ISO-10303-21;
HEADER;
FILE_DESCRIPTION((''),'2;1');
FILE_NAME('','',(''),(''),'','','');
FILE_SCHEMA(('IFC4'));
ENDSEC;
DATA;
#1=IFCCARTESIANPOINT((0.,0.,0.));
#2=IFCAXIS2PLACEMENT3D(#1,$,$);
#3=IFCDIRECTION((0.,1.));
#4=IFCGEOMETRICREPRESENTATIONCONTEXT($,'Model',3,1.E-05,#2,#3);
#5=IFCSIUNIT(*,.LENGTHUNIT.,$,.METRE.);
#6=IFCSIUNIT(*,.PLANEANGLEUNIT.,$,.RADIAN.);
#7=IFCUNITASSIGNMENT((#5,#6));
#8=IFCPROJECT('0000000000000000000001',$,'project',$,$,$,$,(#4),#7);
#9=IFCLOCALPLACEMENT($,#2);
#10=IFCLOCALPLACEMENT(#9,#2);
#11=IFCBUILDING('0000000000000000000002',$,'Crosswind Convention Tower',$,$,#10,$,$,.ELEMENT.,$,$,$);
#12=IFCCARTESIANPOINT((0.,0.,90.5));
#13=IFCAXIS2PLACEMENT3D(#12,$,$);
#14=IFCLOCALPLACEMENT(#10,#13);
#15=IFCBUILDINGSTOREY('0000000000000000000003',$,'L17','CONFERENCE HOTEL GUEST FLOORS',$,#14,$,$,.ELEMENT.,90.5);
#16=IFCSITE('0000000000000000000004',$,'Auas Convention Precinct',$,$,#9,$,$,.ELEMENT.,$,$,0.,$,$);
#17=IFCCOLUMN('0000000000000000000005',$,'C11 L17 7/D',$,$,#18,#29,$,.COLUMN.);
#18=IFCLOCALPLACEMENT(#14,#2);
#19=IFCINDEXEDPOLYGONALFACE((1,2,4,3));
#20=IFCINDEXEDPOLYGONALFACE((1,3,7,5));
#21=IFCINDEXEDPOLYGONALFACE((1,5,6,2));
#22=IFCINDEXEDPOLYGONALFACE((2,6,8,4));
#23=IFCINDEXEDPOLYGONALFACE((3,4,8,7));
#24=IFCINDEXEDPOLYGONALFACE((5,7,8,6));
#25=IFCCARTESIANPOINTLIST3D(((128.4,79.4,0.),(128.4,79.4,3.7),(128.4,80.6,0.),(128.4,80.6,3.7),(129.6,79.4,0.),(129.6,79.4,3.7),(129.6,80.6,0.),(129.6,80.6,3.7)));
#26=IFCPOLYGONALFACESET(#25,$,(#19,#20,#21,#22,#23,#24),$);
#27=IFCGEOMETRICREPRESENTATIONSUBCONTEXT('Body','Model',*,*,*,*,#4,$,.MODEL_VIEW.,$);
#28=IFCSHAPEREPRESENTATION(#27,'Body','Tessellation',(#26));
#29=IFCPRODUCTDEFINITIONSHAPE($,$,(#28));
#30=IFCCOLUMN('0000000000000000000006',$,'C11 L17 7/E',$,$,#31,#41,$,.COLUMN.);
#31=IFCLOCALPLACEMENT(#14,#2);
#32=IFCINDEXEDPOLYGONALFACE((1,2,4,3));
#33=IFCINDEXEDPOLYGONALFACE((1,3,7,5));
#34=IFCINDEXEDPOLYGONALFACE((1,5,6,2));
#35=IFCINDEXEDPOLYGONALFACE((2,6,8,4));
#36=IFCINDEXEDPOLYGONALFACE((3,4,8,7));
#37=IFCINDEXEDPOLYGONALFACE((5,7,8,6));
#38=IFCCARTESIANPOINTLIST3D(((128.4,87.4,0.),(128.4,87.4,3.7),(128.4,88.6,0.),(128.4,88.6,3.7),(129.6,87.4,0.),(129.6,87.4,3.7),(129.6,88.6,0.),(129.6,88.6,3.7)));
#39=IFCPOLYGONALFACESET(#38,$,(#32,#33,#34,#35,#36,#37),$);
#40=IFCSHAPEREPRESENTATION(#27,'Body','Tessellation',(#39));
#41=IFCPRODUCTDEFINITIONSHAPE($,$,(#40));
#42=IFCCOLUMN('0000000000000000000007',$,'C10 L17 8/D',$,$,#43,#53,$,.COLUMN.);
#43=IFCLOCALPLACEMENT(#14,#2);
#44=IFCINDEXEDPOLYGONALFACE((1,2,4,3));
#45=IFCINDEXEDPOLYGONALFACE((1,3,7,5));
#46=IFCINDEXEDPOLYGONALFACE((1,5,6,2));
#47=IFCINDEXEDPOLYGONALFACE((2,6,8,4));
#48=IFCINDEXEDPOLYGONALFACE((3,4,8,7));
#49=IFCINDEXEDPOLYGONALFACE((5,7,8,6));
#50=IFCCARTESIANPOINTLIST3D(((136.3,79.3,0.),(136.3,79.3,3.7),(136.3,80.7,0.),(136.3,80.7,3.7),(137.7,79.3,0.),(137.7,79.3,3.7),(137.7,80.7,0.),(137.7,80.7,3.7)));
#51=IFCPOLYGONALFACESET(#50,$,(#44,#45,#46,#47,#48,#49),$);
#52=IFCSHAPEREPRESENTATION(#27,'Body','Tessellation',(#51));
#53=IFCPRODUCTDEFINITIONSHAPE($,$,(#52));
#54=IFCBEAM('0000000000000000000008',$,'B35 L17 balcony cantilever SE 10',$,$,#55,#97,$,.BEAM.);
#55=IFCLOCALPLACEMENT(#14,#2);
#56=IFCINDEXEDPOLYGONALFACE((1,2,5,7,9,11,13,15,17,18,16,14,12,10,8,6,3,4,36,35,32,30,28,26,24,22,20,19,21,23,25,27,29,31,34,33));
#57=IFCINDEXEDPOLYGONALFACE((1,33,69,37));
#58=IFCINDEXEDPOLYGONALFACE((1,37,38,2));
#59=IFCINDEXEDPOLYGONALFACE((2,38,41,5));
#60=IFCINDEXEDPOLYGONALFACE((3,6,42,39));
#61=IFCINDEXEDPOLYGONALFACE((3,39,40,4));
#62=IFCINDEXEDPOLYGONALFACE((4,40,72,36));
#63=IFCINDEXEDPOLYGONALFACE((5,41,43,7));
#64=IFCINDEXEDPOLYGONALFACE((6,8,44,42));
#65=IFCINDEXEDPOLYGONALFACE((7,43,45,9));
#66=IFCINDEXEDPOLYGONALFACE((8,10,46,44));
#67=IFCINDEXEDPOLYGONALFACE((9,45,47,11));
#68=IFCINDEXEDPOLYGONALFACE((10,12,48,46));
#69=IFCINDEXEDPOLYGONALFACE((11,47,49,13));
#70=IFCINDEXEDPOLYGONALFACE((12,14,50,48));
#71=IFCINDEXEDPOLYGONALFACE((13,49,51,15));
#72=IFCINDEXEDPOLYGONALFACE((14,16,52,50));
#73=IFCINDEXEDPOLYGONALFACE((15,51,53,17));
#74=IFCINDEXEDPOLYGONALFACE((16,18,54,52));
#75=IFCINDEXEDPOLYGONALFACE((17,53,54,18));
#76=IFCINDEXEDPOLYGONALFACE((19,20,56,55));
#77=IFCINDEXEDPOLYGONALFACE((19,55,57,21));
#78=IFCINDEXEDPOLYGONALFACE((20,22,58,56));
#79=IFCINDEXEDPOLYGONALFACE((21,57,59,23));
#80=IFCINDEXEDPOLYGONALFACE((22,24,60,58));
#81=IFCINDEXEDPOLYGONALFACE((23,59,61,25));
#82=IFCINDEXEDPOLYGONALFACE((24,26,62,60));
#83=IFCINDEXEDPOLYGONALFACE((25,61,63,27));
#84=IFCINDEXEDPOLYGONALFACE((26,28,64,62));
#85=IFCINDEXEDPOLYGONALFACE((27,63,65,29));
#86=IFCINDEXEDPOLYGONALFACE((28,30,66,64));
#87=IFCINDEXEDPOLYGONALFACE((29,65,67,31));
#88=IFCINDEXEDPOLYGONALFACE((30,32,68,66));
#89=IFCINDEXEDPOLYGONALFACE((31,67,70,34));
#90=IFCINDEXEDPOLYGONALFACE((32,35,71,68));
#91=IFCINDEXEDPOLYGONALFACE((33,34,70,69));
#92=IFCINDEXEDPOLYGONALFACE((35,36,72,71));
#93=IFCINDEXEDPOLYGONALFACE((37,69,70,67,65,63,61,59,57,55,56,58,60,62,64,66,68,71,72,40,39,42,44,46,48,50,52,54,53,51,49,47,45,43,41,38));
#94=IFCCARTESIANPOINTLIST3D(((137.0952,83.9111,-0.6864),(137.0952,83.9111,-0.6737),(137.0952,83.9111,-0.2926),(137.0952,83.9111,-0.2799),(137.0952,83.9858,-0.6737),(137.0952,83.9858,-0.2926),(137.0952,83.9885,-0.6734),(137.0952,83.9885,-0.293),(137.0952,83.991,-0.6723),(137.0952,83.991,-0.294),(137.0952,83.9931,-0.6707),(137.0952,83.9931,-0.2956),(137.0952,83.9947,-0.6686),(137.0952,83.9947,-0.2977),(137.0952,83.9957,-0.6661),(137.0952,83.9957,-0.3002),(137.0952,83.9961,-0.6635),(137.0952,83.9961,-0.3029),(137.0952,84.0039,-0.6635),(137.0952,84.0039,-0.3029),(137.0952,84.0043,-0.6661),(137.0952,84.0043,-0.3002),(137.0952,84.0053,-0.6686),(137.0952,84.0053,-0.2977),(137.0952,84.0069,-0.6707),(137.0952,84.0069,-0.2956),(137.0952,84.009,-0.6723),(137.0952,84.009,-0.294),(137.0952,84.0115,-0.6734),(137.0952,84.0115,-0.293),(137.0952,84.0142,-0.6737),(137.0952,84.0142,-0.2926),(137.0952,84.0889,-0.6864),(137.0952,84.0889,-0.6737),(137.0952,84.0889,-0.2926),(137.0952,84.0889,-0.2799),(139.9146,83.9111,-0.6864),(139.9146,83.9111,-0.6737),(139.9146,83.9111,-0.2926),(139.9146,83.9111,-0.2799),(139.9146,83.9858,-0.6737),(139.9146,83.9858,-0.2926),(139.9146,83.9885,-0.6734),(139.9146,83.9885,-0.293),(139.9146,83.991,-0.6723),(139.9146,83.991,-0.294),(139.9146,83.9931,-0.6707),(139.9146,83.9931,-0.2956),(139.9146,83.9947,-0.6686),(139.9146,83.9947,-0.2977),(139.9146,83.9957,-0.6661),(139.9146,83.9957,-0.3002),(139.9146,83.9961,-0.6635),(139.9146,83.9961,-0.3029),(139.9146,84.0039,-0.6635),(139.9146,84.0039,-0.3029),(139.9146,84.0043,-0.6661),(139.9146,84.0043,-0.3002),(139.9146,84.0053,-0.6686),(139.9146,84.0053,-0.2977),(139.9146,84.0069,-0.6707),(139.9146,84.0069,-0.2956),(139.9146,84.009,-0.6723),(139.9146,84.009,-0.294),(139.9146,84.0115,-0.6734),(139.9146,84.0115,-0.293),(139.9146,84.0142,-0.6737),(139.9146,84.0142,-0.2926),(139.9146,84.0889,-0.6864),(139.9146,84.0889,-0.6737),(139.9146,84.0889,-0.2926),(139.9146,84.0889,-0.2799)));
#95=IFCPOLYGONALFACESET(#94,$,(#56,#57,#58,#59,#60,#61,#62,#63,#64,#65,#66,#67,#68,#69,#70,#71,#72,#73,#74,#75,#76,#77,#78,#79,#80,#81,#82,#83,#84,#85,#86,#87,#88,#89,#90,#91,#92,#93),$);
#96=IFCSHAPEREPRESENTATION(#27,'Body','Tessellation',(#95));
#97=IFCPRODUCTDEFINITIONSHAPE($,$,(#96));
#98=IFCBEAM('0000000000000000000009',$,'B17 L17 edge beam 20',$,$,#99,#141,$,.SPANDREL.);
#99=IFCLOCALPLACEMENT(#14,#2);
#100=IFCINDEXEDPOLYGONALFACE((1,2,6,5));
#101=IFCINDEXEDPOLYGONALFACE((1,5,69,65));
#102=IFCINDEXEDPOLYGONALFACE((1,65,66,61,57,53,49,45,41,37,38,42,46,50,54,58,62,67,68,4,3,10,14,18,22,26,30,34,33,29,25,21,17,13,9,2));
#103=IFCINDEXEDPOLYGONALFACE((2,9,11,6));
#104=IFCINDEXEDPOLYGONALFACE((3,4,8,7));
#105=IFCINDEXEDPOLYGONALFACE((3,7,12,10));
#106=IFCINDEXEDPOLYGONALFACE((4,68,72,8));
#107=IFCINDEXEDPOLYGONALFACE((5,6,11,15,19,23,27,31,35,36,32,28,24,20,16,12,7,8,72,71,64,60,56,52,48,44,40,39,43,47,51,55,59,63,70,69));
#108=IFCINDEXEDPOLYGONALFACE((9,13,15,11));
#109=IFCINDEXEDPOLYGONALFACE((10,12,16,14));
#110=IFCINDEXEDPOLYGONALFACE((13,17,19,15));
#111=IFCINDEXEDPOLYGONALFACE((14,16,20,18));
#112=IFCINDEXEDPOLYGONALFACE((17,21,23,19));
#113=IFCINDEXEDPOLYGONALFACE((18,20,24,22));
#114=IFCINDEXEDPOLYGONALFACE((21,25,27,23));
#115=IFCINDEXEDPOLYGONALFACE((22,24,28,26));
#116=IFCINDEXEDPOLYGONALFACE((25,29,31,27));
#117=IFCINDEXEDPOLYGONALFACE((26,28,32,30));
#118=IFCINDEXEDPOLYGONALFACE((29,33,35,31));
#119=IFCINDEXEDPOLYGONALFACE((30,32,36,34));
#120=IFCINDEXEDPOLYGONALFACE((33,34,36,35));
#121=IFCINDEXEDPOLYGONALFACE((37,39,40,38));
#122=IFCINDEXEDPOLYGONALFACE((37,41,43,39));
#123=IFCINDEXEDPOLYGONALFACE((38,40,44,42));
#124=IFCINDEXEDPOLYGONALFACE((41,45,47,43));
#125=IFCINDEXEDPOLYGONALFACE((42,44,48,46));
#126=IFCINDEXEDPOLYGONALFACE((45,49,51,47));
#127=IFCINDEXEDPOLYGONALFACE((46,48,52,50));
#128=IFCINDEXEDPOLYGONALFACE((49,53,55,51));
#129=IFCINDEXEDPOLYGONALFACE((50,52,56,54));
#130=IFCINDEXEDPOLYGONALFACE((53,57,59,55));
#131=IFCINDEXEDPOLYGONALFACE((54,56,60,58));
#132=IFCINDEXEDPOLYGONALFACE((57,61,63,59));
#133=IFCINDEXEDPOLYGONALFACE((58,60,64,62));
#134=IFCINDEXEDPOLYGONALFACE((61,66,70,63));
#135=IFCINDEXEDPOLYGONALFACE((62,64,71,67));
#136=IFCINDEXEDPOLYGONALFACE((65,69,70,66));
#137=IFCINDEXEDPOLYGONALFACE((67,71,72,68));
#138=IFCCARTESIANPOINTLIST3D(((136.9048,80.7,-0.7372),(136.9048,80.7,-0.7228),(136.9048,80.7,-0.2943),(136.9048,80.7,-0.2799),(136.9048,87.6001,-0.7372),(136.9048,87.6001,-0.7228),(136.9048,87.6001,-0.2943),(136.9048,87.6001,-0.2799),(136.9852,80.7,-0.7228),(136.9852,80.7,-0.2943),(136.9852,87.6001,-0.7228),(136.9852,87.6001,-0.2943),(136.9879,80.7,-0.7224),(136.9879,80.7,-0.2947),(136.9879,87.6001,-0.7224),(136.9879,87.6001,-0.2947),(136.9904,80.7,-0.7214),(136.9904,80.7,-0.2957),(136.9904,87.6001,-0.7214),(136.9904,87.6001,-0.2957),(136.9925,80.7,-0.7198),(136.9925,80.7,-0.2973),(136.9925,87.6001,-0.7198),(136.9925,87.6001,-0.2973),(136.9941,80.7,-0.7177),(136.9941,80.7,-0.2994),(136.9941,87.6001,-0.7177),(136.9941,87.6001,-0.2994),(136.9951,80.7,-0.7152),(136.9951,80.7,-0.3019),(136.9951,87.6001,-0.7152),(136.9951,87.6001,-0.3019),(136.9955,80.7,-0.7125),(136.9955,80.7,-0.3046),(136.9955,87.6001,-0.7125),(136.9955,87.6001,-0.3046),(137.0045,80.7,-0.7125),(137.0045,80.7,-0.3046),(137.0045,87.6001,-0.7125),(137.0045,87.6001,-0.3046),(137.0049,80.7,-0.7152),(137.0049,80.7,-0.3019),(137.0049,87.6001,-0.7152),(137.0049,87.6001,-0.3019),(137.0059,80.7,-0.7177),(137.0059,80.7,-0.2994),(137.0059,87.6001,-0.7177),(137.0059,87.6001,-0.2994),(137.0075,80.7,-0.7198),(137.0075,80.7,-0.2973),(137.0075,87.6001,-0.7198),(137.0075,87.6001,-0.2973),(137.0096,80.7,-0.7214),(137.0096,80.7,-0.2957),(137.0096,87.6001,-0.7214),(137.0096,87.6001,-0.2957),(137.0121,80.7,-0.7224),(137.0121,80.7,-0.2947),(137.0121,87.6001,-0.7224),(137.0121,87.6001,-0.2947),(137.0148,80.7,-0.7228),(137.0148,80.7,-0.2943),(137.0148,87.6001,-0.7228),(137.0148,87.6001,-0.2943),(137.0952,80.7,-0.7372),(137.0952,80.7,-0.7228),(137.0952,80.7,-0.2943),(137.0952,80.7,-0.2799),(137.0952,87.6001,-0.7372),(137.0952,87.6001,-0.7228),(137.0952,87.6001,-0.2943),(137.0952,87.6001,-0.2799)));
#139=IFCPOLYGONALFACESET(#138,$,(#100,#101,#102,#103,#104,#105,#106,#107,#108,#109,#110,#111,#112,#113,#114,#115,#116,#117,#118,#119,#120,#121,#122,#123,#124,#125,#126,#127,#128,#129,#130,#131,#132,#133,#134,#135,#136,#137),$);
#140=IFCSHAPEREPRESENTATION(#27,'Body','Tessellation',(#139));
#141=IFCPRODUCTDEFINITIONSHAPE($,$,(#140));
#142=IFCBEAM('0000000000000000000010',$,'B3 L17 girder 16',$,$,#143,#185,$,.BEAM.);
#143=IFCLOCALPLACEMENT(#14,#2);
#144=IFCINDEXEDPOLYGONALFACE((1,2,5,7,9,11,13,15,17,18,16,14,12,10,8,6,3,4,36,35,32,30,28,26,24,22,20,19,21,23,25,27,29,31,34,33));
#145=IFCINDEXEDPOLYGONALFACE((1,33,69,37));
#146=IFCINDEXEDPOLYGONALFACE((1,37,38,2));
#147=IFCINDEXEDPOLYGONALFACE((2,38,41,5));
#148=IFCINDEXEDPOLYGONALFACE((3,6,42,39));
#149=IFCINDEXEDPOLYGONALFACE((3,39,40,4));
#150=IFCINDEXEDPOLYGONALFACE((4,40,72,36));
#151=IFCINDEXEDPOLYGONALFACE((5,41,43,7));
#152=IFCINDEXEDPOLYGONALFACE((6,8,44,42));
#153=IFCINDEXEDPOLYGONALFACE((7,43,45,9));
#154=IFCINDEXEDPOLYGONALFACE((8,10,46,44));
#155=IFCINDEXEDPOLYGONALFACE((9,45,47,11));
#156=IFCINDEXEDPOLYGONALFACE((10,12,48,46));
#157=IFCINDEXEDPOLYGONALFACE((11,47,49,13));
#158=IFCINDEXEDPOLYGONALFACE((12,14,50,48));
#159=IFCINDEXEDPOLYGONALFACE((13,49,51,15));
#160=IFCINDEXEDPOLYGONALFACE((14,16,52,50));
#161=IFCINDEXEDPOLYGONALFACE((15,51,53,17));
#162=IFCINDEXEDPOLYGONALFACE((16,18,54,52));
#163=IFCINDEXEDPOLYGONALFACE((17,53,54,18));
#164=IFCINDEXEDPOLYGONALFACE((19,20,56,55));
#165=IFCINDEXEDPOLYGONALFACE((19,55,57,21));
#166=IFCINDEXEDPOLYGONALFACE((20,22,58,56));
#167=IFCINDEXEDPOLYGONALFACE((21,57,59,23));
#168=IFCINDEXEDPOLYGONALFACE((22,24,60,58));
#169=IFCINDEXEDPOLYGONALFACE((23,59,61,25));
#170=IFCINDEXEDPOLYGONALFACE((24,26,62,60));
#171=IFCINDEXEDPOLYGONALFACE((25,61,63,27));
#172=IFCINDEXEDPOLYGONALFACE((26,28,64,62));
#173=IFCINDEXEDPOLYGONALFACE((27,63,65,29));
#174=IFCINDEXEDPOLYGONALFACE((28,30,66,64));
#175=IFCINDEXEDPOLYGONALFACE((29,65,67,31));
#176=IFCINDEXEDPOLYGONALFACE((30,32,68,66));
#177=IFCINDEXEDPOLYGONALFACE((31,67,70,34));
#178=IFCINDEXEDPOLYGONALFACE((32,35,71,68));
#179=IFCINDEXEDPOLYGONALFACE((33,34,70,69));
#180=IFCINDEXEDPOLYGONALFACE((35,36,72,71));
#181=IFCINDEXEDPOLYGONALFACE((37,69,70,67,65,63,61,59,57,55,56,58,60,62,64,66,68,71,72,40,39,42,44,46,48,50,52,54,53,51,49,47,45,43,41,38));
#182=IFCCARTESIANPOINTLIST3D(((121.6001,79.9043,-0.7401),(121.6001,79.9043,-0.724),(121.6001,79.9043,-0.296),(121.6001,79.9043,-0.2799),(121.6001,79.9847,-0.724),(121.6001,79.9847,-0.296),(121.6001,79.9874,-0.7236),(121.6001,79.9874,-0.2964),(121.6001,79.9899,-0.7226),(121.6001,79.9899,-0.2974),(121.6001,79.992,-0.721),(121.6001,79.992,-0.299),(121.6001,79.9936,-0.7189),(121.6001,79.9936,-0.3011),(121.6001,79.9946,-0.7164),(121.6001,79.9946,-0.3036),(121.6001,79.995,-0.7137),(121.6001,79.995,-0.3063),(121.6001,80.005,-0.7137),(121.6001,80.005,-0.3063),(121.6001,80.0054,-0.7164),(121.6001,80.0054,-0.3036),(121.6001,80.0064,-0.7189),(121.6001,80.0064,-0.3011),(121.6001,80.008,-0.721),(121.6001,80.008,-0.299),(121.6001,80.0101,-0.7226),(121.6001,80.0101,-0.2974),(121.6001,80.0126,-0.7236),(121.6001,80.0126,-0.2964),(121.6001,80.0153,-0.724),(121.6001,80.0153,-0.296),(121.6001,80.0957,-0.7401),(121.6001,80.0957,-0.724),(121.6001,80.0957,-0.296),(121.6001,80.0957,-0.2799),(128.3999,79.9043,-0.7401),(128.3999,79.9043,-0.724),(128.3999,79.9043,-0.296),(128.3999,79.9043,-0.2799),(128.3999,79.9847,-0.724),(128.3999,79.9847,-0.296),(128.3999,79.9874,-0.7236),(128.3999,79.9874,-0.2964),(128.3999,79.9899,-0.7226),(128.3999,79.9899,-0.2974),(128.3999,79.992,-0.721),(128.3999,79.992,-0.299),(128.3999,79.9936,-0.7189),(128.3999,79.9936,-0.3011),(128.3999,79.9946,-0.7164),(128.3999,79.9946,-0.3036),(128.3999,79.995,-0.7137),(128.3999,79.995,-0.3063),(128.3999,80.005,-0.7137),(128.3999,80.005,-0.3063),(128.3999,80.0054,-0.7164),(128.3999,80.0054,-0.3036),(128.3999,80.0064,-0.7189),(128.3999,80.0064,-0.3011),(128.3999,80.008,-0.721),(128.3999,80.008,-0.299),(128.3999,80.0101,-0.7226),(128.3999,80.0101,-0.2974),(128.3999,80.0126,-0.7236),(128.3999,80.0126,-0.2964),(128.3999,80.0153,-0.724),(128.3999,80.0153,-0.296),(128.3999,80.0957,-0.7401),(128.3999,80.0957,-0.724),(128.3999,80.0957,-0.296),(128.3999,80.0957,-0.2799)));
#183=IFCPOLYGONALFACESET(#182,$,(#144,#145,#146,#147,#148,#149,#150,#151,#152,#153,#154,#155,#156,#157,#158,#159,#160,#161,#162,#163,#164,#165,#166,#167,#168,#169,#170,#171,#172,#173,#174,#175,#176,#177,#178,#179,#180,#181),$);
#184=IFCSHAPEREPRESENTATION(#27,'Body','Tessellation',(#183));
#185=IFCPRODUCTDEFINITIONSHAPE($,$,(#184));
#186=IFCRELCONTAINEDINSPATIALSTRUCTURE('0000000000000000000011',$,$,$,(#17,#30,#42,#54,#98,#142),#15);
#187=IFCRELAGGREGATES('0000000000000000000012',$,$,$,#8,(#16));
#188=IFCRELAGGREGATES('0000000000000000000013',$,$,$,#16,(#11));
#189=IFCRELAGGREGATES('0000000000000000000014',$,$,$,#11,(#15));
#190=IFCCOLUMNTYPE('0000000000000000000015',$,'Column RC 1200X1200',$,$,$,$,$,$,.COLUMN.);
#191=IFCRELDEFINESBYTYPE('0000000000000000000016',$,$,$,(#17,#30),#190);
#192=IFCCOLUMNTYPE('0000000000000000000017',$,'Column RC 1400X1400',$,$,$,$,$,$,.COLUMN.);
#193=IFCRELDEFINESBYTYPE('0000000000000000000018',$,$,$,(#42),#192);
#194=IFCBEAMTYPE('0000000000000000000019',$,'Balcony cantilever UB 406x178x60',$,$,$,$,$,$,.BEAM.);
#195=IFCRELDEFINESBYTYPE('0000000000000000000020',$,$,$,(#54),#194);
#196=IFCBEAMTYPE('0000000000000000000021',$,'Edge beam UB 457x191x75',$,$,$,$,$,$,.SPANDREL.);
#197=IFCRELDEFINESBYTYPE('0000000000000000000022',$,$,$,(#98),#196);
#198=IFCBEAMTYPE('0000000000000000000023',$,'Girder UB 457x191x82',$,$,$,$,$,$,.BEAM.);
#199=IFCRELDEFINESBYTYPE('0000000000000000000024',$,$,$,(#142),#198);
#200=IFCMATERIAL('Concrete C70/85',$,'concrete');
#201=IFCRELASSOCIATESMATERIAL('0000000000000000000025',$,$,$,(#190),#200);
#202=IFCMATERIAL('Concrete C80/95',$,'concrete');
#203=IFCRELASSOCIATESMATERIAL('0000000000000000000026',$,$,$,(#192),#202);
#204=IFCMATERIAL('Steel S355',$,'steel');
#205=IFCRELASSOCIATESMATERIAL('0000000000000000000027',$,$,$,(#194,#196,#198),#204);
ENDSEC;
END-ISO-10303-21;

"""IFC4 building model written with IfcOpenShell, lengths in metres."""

from ifc_helpers import new_model, si_unit, direction, frame, origin, origin_2d, place, context, subcontext, project, spatial, rectangle, i_section, extrude, material, material_profile, profile_set, type_object, element, save


model = new_model("IFC4")

# Units and contexts
model_context = context("Model", 3, precision=1e-05, world=origin(), true_north=direction((0.0, 1.0)))
body_context = subcontext(model_context, "Body", "Model", "MODEL_VIEW")
ifc_project = project(units=[si_unit("LENGTHUNIT", "METRE"), si_unit("PLANEANGLEUNIT", "RADIAN")], contexts=[model_context])

# Site, building, storey
site_placement = place(None, origin())
site = spatial("IfcSite", under=ifc_project, at=site_placement, Name="Auas Convention Precinct", CompositionType="ELEMENT", RefElevation=0.0)
building_placement = place(site_placement, origin())
building = spatial("IfcBuilding", under=site, at=building_placement, Name="Crosswind Convention Tower", CompositionType="ELEMENT")
storey_placement = place(building_placement, frame((0.0, 0.0, 90.5)))
storey = spatial("IfcBuildingStorey", under=building, at=storey_placement, Name="L17", Description="CONFERENCE HOTEL GUEST FLOORS", CompositionType="ELEMENT", Elevation=90.5)

# Columns
ifc_material_1 = material(Name="Concrete C70/85", Category="concrete")
ifc_material_profile_1 = material_profile(ifc_material_1, rectangle(XDim=1.2, YDim=1.2, at=origin_2d()), Name="RC 1200X1200")
ifc_profile_set_1 = profile_set([ifc_material_profile_1], Name="Concrete C70/85")
column_type_1 = type_object("IfcColumnType", Name="Column RC 1200X1200", PredefinedType="COLUMN", material=ifc_profile_set_1)
for number, where, z_axis, x_axis, name in (
    (1, (129.0, 80.0, 0.0), (0.0, 0.0, 1.0), (1.0, 0.0, 0.0), "C11 L17 7/D"),
    (2, (129.0, 88.0, 0.0), (0.0, 0.0, 1.0), (1.0, 0.0, 0.0), "C11 L17 7/E"),
):
    element("IfcColumn", number, at=place(storey_placement, frame(where, z_axis=z_axis, x_axis=x_axis)), inside=storey, type_object=column_type_1, Name=name, PredefinedType="COLUMN", context=body_context, shape_type="SweptSolid", body=[
        extrude(rectangle(XDim=1.2, YDim=1.2, at=origin_2d()), origin(), (0.0, 0.0, 1.0), 3.7),
    ])
ifc_material_2 = material(Name="Concrete C80/95", Category="concrete")
ifc_material_profile_2 = material_profile(ifc_material_2, rectangle(XDim=1.3999, YDim=1.3999, at=origin_2d()), Name="RC 1400X1400")
ifc_profile_set_2 = profile_set([ifc_material_profile_2], Name="Concrete C80/95")
column_type_2 = type_object("IfcColumnType", Name="Column RC 1400X1400", PredefinedType="COLUMN", material=ifc_profile_set_2)
column_placement = place(storey_placement, frame((137.0, 80.0, 0.0), z_axis=(0.0, 0.0, 1.0), x_axis=(1.0, 0.0, 0.0)))
element("IfcColumn", 3, at=column_placement, inside=storey, type_object=column_type_2, Name="C10 L17 8/D", PredefinedType="COLUMN", context=body_context, shape_type="SweptSolid", body=[
    extrude(rectangle(XDim=1.3999, YDim=1.3999, at=origin_2d()), origin(), (0.0, 0.0, 1.0), 3.7),
])

# Beams
ifc_material_3 = material(Name="Steel S355", Category="steel")
ifc_material_profile_3 = material_profile(ifc_material_3, i_section(OverallWidth=0.1777, OverallDepth=0.4065, WebThickness=0.0078, FlangeThickness=0.0127, FilletRadius=0.0103, at=origin_2d()), Name="UB 406x178x60")
ifc_profile_set_3 = profile_set([ifc_material_profile_3], Name="Steel S355")
beam_type_1 = type_object("IfcBeamType", Name="Balcony cantilever UB 406x178x60", PredefinedType="BEAM", material=ifc_profile_set_3)
beam_1_placement = place(storey_placement, frame((137.0952, 84.0, -0.4832), z_axis=(1.0, 0.0, 0.0), x_axis=(0.0, 1.0, 0.0)))
element("IfcBeam", 4, at=beam_1_placement, inside=storey, type_object=beam_type_1, Name="B35 L17 balcony cantilever SE 10", PredefinedType="BEAM", context=body_context, shape_type="SweptSolid", body=[
    extrude(i_section(OverallWidth=0.1777, OverallDepth=0.4065, WebThickness=0.0078, FlangeThickness=0.0127, FilletRadius=0.0103, at=origin_2d()), origin(), (0.0, 0.0, 1.0), 2.8193),
])
ifc_material_profile_4 = material_profile(ifc_material_3, i_section(OverallWidth=0.1904, OverallDepth=0.4573, WebThickness=0.009, FlangeThickness=0.0144, FilletRadius=0.0103, at=origin_2d()), Name="UB 457x191x75")
ifc_profile_set_4 = profile_set([ifc_material_profile_4], Name="Steel S355")
beam_type_2 = type_object("IfcBeamType", Name="Edge beam UB 457x191x75", PredefinedType="SPANDREL", material=ifc_profile_set_4)
beam_2_placement = place(storey_placement, frame((137.0, 80.7, -0.5085), z_axis=(0.0, 1.0, 0.0), x_axis=(-1.0, 0.0, 0.0)))
element("IfcBeam", 5, at=beam_2_placement, inside=storey, type_object=beam_type_2, Name="B17 L17 edge beam 20", PredefinedType="SPANDREL", context=body_context, shape_type="SweptSolid", body=[
    extrude(i_section(OverallWidth=0.1904, OverallDepth=0.4573, WebThickness=0.009, FlangeThickness=0.0144, FilletRadius=0.0103, at=origin_2d()), origin(), (0.0, 0.0, 1.0), 6.9001),
])
ifc_material_profile_5 = material_profile(ifc_material_3, i_section(OverallWidth=0.1914, OverallDepth=0.4602, WebThickness=0.01, FlangeThickness=0.0161, FilletRadius=0.0103, at=origin_2d()), Name="UB 457x191x82")
ifc_profile_set_5 = profile_set([ifc_material_profile_5], Name="Steel S355")
beam_type_3 = type_object("IfcBeamType", Name="Girder UB 457x191x82", PredefinedType="BEAM", material=ifc_profile_set_5)
for number, where, z_axis, x_axis, name in (
    (6, (121.6001, 80.0, -0.51), (1.0, 0.0, 0.0), (0.0, 1.0, 0.0), "B3 L17 girder 16"),
):
    element("IfcBeam", number, at=place(storey_placement, frame(where, z_axis=z_axis, x_axis=x_axis)), inside=storey, type_object=beam_type_3, Name=name, PredefinedType="BEAM", context=body_context, shape_type="SweptSolid", body=[
        extrude(i_section(OverallWidth=0.1914, OverallDepth=0.4602, WebThickness=0.01, FlangeThickness=0.0161, FilletRadius=0.0103, at=origin_2d()), origin(), (0.0, 0.0, 1.0), 6.7998),
    ])

save(model, "model.ifc")
